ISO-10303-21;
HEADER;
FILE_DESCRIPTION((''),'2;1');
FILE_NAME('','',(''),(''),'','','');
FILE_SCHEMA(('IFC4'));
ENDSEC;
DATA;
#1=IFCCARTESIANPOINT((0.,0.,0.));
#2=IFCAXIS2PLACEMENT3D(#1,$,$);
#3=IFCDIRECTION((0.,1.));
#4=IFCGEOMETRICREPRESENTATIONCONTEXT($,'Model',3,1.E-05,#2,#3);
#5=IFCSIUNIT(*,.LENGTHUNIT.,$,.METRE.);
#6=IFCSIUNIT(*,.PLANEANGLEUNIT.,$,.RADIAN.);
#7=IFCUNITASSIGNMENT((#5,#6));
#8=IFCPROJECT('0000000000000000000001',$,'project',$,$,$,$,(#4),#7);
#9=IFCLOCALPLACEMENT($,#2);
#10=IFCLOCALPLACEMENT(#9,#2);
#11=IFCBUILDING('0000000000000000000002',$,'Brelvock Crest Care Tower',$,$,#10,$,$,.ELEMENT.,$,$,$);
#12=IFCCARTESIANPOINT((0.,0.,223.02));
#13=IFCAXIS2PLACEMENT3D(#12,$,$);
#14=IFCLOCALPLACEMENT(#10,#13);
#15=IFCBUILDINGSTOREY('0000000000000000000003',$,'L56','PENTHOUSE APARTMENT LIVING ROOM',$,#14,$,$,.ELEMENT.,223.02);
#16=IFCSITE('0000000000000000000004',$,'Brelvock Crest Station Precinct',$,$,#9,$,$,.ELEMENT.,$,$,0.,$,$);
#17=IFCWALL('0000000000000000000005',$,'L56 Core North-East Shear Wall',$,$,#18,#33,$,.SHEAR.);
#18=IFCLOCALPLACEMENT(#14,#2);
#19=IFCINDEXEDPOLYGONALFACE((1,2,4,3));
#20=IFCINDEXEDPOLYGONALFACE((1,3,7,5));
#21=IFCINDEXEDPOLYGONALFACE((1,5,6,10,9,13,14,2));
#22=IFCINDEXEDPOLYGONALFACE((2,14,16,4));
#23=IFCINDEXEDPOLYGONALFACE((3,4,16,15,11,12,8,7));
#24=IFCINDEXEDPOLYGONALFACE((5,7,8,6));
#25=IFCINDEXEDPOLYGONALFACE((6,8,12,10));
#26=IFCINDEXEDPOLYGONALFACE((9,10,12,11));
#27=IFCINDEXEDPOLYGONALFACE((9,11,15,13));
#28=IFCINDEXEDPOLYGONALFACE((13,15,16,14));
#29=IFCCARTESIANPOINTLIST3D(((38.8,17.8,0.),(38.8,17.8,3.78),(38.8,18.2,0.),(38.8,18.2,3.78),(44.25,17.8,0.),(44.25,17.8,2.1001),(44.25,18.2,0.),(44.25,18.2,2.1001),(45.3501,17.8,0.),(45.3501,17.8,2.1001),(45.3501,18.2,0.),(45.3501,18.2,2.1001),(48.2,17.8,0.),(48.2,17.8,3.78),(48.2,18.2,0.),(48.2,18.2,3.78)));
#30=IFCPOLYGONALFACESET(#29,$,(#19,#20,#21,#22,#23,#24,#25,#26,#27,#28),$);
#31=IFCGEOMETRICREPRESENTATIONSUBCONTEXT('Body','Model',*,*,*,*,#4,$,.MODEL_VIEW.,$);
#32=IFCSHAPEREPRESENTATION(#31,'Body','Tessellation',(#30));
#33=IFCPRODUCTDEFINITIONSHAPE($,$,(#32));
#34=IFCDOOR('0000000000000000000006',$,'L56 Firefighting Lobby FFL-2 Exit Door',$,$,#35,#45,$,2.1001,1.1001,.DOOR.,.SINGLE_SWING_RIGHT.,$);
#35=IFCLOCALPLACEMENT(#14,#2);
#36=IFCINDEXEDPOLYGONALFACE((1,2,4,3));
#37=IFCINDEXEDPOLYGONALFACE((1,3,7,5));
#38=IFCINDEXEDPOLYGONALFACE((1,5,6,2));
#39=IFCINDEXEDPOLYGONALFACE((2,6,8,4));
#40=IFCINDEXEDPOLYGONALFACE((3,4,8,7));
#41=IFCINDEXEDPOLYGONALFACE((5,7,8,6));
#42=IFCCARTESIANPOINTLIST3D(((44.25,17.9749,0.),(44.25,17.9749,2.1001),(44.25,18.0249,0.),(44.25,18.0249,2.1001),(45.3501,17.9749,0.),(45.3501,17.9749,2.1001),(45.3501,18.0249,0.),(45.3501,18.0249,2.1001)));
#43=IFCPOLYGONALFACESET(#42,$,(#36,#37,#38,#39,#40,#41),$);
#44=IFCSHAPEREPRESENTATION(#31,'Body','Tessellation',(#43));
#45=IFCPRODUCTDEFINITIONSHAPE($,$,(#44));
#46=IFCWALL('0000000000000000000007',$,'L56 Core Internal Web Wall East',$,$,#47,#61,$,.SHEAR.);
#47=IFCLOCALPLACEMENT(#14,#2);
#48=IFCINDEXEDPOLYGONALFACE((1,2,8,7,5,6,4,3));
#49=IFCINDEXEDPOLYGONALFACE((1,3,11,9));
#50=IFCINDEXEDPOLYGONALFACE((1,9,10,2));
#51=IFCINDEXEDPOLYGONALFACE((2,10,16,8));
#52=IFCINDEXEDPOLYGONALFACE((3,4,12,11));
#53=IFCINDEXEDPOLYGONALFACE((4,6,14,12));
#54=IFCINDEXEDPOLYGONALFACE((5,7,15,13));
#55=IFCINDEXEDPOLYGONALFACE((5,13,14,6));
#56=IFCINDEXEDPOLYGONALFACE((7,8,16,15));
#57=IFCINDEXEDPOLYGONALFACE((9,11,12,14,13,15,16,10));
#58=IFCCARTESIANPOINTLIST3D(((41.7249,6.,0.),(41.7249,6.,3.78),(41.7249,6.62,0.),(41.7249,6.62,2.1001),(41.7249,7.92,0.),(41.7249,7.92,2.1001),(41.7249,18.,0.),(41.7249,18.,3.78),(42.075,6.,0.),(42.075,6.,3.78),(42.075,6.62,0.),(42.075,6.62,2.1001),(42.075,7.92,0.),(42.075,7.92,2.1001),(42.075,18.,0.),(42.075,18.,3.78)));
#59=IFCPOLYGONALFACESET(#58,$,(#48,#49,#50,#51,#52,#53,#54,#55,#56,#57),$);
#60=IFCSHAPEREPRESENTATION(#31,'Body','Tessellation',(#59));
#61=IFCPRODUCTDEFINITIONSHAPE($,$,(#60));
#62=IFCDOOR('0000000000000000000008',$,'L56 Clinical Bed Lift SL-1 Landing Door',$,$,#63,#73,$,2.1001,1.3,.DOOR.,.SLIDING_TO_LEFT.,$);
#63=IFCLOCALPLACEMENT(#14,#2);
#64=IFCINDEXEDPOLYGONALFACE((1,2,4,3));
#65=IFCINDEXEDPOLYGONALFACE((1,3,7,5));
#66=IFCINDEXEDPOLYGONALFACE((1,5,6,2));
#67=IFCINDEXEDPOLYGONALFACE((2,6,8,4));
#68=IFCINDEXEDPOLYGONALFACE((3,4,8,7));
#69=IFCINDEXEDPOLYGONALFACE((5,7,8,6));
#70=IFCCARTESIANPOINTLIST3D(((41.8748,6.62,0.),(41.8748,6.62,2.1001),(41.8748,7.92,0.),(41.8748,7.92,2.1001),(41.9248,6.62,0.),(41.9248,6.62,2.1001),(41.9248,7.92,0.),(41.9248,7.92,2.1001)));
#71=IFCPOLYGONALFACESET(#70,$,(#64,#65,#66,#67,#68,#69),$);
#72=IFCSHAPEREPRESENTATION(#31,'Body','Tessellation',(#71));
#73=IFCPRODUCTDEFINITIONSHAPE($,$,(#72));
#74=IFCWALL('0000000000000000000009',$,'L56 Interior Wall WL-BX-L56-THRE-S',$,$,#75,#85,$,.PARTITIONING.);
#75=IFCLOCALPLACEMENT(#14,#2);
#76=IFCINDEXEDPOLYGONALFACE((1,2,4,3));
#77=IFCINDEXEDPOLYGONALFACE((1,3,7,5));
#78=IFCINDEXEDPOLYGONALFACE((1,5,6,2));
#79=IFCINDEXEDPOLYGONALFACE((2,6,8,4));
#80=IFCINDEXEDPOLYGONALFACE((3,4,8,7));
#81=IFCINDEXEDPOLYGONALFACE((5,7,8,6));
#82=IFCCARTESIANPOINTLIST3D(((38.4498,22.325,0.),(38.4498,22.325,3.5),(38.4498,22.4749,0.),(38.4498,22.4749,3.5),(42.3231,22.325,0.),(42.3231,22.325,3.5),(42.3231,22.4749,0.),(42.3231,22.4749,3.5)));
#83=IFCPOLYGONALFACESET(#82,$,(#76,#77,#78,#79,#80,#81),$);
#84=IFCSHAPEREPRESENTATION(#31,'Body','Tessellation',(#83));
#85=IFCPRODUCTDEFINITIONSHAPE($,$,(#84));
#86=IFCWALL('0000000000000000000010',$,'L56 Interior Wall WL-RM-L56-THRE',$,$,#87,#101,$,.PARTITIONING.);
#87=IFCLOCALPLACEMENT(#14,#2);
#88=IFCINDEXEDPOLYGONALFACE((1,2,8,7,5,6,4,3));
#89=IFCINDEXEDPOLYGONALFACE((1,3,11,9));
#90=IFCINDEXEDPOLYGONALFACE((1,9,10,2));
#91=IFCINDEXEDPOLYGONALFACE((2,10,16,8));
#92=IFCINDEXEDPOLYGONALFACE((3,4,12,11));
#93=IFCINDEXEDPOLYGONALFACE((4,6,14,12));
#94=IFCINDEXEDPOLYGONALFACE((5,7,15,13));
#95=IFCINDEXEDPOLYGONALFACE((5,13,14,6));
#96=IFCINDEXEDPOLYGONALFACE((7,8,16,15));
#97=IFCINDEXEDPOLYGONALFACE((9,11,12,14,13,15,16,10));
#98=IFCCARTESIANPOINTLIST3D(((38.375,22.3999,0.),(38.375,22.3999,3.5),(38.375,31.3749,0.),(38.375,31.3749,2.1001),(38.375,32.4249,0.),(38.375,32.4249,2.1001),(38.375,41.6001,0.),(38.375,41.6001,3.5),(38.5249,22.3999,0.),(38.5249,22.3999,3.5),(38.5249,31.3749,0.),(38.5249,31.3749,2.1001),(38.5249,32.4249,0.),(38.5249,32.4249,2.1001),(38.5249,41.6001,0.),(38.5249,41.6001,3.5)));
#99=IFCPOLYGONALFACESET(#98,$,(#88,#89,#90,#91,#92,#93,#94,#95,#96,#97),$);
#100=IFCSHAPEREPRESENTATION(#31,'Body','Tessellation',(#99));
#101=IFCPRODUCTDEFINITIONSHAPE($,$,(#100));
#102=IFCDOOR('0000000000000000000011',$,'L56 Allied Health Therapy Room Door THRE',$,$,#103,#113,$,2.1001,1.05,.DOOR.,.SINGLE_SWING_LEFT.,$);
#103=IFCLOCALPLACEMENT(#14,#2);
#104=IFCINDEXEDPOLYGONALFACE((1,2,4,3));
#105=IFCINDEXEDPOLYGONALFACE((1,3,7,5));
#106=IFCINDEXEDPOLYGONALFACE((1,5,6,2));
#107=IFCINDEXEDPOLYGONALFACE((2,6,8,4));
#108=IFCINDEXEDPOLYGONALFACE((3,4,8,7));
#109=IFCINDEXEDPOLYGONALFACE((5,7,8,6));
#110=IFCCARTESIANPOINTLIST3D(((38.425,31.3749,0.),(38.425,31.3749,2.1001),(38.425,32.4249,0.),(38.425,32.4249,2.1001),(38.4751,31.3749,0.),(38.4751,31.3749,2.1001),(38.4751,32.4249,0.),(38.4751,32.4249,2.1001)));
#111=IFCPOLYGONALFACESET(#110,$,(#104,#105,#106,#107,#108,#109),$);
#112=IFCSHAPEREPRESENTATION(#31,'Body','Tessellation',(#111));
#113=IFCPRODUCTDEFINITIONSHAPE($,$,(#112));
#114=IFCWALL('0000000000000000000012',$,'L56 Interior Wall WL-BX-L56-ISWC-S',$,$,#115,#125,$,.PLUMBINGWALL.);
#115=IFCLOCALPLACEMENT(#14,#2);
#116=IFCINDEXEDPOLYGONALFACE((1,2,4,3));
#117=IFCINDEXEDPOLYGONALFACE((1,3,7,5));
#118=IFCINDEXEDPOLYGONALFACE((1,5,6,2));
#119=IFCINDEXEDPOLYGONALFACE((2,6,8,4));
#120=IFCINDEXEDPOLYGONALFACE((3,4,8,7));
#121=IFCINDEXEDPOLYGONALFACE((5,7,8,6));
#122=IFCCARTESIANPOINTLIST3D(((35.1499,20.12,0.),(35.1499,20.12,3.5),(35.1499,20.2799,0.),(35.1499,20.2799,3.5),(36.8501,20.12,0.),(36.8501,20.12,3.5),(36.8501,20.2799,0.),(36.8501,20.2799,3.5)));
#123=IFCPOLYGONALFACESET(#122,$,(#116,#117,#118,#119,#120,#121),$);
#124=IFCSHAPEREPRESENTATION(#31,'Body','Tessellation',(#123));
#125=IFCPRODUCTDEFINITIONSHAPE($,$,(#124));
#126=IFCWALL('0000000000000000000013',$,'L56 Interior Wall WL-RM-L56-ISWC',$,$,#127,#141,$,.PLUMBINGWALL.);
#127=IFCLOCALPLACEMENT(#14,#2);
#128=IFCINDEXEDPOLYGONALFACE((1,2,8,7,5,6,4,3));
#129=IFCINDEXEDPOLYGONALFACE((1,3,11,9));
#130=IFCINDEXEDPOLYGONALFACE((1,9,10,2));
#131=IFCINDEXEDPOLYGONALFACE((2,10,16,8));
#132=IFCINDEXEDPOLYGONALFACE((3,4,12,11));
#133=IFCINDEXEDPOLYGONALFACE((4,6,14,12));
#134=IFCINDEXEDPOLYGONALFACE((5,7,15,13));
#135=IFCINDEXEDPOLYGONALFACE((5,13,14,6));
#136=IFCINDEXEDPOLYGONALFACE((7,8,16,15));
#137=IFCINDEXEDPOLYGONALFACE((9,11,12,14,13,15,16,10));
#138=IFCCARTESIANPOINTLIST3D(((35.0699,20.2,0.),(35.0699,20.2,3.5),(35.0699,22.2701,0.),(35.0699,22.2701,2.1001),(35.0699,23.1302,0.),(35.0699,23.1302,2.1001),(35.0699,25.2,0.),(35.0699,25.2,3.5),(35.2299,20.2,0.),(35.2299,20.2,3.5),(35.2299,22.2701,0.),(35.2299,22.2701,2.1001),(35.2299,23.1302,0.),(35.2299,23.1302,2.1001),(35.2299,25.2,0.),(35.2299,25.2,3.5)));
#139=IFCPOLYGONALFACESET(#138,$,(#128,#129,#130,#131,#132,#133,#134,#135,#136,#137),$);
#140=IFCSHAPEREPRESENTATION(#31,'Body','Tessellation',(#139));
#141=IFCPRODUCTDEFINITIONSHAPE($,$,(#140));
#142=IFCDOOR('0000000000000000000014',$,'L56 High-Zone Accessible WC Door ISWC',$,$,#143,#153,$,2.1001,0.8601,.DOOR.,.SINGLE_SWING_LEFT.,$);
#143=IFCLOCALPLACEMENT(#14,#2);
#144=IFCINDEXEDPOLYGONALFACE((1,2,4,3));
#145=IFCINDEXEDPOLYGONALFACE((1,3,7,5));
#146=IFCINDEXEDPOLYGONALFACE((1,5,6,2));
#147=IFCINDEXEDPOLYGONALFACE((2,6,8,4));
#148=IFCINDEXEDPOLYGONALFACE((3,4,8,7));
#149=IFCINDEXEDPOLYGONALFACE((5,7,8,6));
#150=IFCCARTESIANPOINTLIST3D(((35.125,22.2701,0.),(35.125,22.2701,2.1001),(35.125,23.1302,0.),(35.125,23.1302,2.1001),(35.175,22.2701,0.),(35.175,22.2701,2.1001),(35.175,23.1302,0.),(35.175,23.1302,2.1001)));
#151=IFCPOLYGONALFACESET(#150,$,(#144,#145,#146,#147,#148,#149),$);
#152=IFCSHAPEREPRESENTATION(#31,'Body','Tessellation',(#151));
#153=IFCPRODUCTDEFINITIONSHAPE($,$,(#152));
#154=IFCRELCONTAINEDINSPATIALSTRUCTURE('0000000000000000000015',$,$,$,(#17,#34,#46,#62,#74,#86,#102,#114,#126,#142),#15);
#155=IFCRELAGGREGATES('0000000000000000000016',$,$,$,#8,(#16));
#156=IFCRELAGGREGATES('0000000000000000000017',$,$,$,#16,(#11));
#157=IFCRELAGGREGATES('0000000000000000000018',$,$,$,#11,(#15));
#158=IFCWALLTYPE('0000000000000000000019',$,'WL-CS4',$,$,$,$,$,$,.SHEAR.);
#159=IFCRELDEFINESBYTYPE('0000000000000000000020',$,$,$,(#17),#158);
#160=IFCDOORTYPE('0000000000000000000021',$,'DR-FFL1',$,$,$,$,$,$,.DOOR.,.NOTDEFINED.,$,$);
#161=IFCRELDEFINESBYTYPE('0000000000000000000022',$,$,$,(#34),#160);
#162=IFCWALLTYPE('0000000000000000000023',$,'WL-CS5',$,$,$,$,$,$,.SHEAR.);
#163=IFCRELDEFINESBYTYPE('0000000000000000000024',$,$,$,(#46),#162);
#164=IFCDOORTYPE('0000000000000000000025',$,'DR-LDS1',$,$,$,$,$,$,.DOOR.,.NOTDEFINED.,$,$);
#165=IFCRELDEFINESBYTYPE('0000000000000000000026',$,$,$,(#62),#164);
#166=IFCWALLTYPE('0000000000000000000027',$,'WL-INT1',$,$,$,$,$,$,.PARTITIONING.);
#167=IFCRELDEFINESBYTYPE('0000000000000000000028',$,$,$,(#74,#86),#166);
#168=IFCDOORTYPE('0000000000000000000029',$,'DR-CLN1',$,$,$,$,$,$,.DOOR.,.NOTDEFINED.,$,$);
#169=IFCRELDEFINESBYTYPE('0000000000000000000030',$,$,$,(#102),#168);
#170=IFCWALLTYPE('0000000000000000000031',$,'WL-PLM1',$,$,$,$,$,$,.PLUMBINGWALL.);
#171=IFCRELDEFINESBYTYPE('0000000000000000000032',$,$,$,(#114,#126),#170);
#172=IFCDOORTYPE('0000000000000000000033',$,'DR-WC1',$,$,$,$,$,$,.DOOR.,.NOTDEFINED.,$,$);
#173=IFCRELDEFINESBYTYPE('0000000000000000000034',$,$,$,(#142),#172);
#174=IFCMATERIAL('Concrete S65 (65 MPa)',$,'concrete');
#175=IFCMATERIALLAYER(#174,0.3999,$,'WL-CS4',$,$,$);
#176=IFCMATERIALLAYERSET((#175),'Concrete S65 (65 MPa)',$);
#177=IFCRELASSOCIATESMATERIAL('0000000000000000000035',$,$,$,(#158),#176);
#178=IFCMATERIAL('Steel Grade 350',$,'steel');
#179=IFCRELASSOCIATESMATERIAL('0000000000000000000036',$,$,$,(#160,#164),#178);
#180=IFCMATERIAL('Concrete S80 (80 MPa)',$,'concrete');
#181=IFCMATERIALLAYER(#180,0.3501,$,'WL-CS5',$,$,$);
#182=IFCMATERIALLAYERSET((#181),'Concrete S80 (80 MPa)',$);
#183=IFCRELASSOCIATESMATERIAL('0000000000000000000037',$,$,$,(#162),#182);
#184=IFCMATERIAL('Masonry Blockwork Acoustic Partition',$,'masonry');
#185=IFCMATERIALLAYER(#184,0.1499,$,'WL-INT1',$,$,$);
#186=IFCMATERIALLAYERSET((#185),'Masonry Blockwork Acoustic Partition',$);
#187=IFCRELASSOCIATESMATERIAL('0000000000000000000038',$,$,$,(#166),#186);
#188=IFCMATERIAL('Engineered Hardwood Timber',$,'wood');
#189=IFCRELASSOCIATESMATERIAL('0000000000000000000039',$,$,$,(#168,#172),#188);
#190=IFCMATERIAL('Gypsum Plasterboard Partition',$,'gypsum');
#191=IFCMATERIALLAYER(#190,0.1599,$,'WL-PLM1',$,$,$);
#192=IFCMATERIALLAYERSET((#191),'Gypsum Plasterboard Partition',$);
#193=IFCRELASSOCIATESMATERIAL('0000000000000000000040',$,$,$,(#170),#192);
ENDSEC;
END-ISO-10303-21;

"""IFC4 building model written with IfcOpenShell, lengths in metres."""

from ifc_helpers import new_model, si_unit, direction, frame, frame_2d, origin, origin_2d, place, context, subcontext, project, spatial, rectangle, extrude, source, transform, mapped, material, layer, layer_set, type_object, element, fill, save


model = new_model("IFC4")

# Units and contexts
model_context = context("Model", 3, precision=1e-05, world=origin(), true_north=direction((0.0, 1.0)))
body_context = subcontext(model_context, "Body", "Model", "MODEL_VIEW")
ifc_project = project(units=[si_unit("LENGTHUNIT", "METRE"), si_unit("PLANEANGLEUNIT", "RADIAN")], contexts=[model_context])

# Site, building, storey
site_placement = place(None, origin())
site = spatial("IfcSite", under=ifc_project, at=site_placement, Name="Brelvock Crest Station Precinct", CompositionType="ELEMENT", RefElevation=0.0)
building_placement = place(site_placement, origin())
building = spatial("IfcBuilding", under=site, at=building_placement, Name="Brelvock Crest Care Tower", CompositionType="ELEMENT")
storey_placement = place(building_placement, frame((0.0, 0.0, 223.02)))
storey = spatial("IfcBuildingStorey", under=building, at=storey_placement, Name="L56", Description="PENTHOUSE APARTMENT LIVING ROOM", CompositionType="ELEMENT", Elevation=223.02)

# Shared definitions
ifc_material_1 = material(Name="Concrete S65 (65 MPa)", Category="concrete")

# Shared definitions
ifc_material_2 = material(Name="Steel Grade 350", Category="steel")

# Walls, openings, doors
ifc_layer_1 = layer(ifc_material_1, 0.3999, Name="WL-CS4")
ifc_layer_set_1 = layer_set([ifc_layer_1], Name="Concrete S65 (65 MPa)")
wall_type_1 = type_object("IfcWallType", Name="WL-CS4", PredefinedType="SHEAR", material=ifc_layer_set_1)
wall_1_placement = place(storey_placement, frame((38.8, 18.0, 0.0), z_axis=(0.0, 0.0, 1.0), x_axis=(1.0, 0.0, 0.0)))
wall_1 = element("IfcWall", 1, at=wall_1_placement, inside=storey, type_object=wall_type_1, Name="L56 Core North-East Shear Wall", PredefinedType="SHEAR", context=body_context, shape_type="SweptSolid", body=[
    extrude(rectangle(XDim=9.3999, YDim=0.3999, at=frame_2d((4.7, 0.0))), origin(), (0.0, 0.0, 1.0), 3.78),
])
opening_1_placement = place(wall_1_placement, frame((5.45, 0.0, 0.0)))
opening_1 = element("IfcOpeningElement", 2, at=opening_1_placement, cuts=wall_1, PredefinedType="OPENING", context=body_context, shape_type="SweptSolid", body=[
    extrude(rectangle(XDim=1.1001, YDim=2.1001, at=origin_2d()), frame((0.55, 0.21, 1.05), z_axis=(0.0, -1.0, 0.0), x_axis=(1.0, 0.0, 0.0)), (0.0, 0.0, 1.0), 0.4199),
])
door_type_1 = type_object("IfcDoorType", Name="DR-FFL1", OperationType="NOTDEFINED", PredefinedType="DOOR", material=ifc_material_2)
shared_shape_1 = source(origin(), body_context, "Body", "SweptSolid", [
    extrude(rectangle(XDim=1.1001, YDim=2.1001, at=origin_2d()), frame((0.55, 0.0249, 1.05), z_axis=(0.0, -1.0, 0.0), x_axis=(1.0, 0.0, 0.0)), (0.0, 0.0, 1.0), 0.05),
])
door_1_placement = place(opening_1_placement, origin())
door_1 = element("IfcDoor", 3, at=door_1_placement, inside=storey, type_object=door_type_1, Name="L56 Firefighting Lobby FFL-2 Exit Door", OperationType="SINGLE_SWING_RIGHT", OverallHeight=2.1001, OverallWidth=1.1001, PredefinedType="DOOR", context=body_context, shape_type="MappedRepresentation", body=[
    mapped(shared_shape_1, transform((0.0, 0.0, 0.0), x_axis=(1.0, 0.0, 0.0), y_axis=(0.0, 1.0, 0.0), z_axis=(0.0, 0.0, 1.0), scale=1.0)),
])
fill(opening_1, door_1)
ifc_material_3 = material(Name="Concrete S80 (80 MPa)", Category="concrete")
ifc_layer_2 = layer(ifc_material_3, 0.3501, Name="WL-CS5")
ifc_layer_set_2 = layer_set([ifc_layer_2], Name="Concrete S80 (80 MPa)")
wall_type_2 = type_object("IfcWallType", Name="WL-CS5", PredefinedType="SHEAR", material=ifc_layer_set_2)
wall_2_placement = place(storey_placement, frame((41.8999, 18.0, 0.0), z_axis=(0.0, 0.0, 1.0), x_axis=(0.0, -1.0, 0.0)))
wall_2 = element("IfcWall", 4, at=wall_2_placement, inside=storey, type_object=wall_type_2, Name="L56 Core Internal Web Wall East", PredefinedType="SHEAR", context=body_context, shape_type="SweptSolid", body=[
    extrude(rectangle(XDim=12.0, YDim=0.3501, at=frame_2d((6.0, 0.0))), origin(), (0.0, 0.0, 1.0), 3.78),
])
opening_2_placement = place(wall_2_placement, frame((10.0801, 0.0, 0.0)))
opening_2 = element("IfcOpeningElement", 5, at=opening_2_placement, cuts=wall_2, PredefinedType="OPENING", context=body_context, shape_type="SweptSolid", body=[
    extrude(rectangle(XDim=1.3, YDim=2.1001, at=origin_2d()), frame((0.6499, 0.1851, 1.05), z_axis=(0.0, -1.0, 0.0), x_axis=(1.0, 0.0, 0.0)), (0.0, 0.0, 1.0), 0.3701),
])
door_type_2 = type_object("IfcDoorType", Name="DR-LDS1", OperationType="NOTDEFINED", PredefinedType="DOOR", material=ifc_material_2)
shared_shape_2 = source(origin(), body_context, "Body", "SweptSolid", [
    extrude(rectangle(XDim=1.3, YDim=2.1001, at=origin_2d()), frame((0.6499, 0.0249, 1.05), z_axis=(0.0, -1.0, 0.0), x_axis=(1.0, 0.0, 0.0)), (0.0, 0.0, 1.0), 0.05),
])
door_2_placement = place(opening_2_placement, origin())
door_2 = element("IfcDoor", 6, at=door_2_placement, inside=storey, type_object=door_type_2, Name="L56 Clinical Bed Lift SL-1 Landing Door", OperationType="SLIDING_TO_LEFT", OverallHeight=2.1001, OverallWidth=1.3, PredefinedType="DOOR", context=body_context, shape_type="MappedRepresentation", body=[
    mapped(shared_shape_2, transform((0.0, 0.0, 0.0), x_axis=(1.0, 0.0, 0.0), y_axis=(0.0, 1.0, 0.0), z_axis=(0.0, 0.0, 1.0), scale=1.0)),
])
fill(opening_2, door_2)

# Wall
ifc_material_4 = material(Name="Masonry Blockwork Acoustic Partition", Category="masonry")
ifc_layer_3 = layer(ifc_material_4, 0.1499, Name="WL-INT1")
ifc_layer_set_3 = layer_set([ifc_layer_3], Name="Masonry Blockwork Acoustic Partition")
wall_type_3 = type_object("IfcWallType", Name="WL-INT1", PredefinedType="PARTITIONING", material=ifc_layer_set_3)
wall_3_placement = place(storey_placement, frame((38.45, 22.3999, 0.0), z_axis=(0.0, 0.0, 1.0), x_axis=(1.0, 0.0, 0.0)))
element("IfcWall", 7, at=wall_3_placement, inside=storey, type_object=wall_type_3, Name="L56 Interior Wall WL-BX-L56-THRE-S", PredefinedType="PARTITIONING", context=body_context, shape_type="SweptSolid", body=[
    extrude(rectangle(XDim=3.8733, YDim=0.1499, at=frame_2d((1.9365, 0.0))), origin(), (0.0, 0.0, 1.0), 3.5),
])

# Wall, opening, door
wall_4_placement = place(storey_placement, frame((38.45, 22.3999, 0.0), z_axis=(0.0, 0.0, 1.0), x_axis=(0.0, 1.0, 0.0)))
wall_4 = element("IfcWall", 8, at=wall_4_placement, inside=storey, type_object=wall_type_3, Name="L56 Interior Wall WL-RM-L56-THRE", PredefinedType="PARTITIONING", context=body_context, shape_type="SweptSolid", body=[
    extrude(rectangle(XDim=19.2002, YDim=0.1499, at=frame_2d((9.6001, 0.0))), origin(), (0.0, 0.0, 1.0), 3.5),
])
opening_3_placement = place(wall_4_placement, frame((8.9751, 0.0, 0.0)))
opening_3 = element("IfcOpeningElement", 9, at=opening_3_placement, cuts=wall_4, PredefinedType="OPENING", context=body_context, shape_type="SweptSolid", body=[
    extrude(rectangle(XDim=1.05, YDim=2.1001, at=origin_2d()), frame((0.5249, 0.085, 1.05), z_axis=(0.0, -1.0, 0.0), x_axis=(1.0, 0.0, 0.0)), (0.0, 0.0, 1.0), 0.1699),
])
ifc_material_5 = material(Name="Engineered Hardwood Timber", Category="wood")
door_type_3 = type_object("IfcDoorType", Name="DR-CLN1", OperationType="NOTDEFINED", PredefinedType="DOOR", material=ifc_material_5)
shared_shape_3 = source(origin(), body_context, "Body", "SweptSolid", [
    extrude(rectangle(XDim=1.05, YDim=2.1001, at=origin_2d()), frame((0.5249, 0.0249, 1.05), z_axis=(0.0, -1.0, 0.0), x_axis=(1.0, 0.0, 0.0)), (0.0, 0.0, 1.0), 0.05),
])
door_3_placement = place(opening_3_placement, origin())
door_3 = element("IfcDoor", 10, at=door_3_placement, inside=storey, type_object=door_type_3, Name="L56 Allied Health Therapy Room Door THRE", OperationType="SINGLE_SWING_LEFT", OverallHeight=2.1001, OverallWidth=1.05, PredefinedType="DOOR", context=body_context, shape_type="MappedRepresentation", body=[
    mapped(shared_shape_3, transform((0.0, 0.0, 0.0), x_axis=(1.0, 0.0, 0.0), y_axis=(0.0, 1.0, 0.0), z_axis=(0.0, 0.0, 1.0), scale=1.0)),
])
fill(opening_3, door_3)

# Wall
ifc_material_6 = material(Name="Gypsum Plasterboard Partition", Category="gypsum")
ifc_layer_4 = layer(ifc_material_6, 0.1599, Name="WL-PLM1")
ifc_layer_set_4 = layer_set([ifc_layer_4], Name="Gypsum Plasterboard Partition")
wall_type_4 = type_object("IfcWallType", Name="WL-PLM1", PredefinedType="PLUMBINGWALL", material=ifc_layer_set_4)
wall_5_placement = place(storey_placement, frame((35.1499, 20.2, 0.0), z_axis=(0.0, 0.0, 1.0), x_axis=(1.0, 0.0, 0.0)))
element("IfcWall", 11, at=wall_5_placement, inside=storey, type_object=wall_type_4, Name="L56 Interior Wall WL-BX-L56-ISWC-S", PredefinedType="PLUMBINGWALL", context=body_context, shape_type="SweptSolid", body=[
    extrude(rectangle(XDim=1.7002, YDim=0.1599, at=frame_2d((0.8501, 0.0))), origin(), (0.0, 0.0, 1.0), 3.5),
])

# Wall, opening, door
wall_6_placement = place(storey_placement, frame((35.1499, 20.2, 0.0), z_axis=(0.0, 0.0, 1.0), x_axis=(0.0, 1.0, 0.0)))
wall_6 = element("IfcWall", 12, at=wall_6_placement, inside=storey, type_object=wall_type_4, Name="L56 Interior Wall WL-RM-L56-ISWC", PredefinedType="PLUMBINGWALL", context=body_context, shape_type="SweptSolid", body=[
    extrude(rectangle(XDim=5.0, YDim=0.1599, at=frame_2d((2.5, 0.0))), origin(), (0.0, 0.0, 1.0), 3.5),
])
opening_4_placement = place(wall_6_placement, frame((2.0701, 0.0, 0.0)))
opening_4 = element("IfcOpeningElement", 13, at=opening_4_placement, cuts=wall_6, PredefinedType="OPENING", context=body_context, shape_type="SweptSolid", body=[
    extrude(rectangle(XDim=0.8601, YDim=2.1001, at=origin_2d()), frame((0.4302, 0.0898, 1.05), z_axis=(0.0, -1.0, 0.0), x_axis=(1.0, 0.0, 0.0)), (0.0, 0.0, 1.0), 0.1799),
])
door_type_4 = type_object("IfcDoorType", Name="DR-WC1", OperationType="NOTDEFINED", PredefinedType="DOOR", material=ifc_material_5)
shared_shape_4 = source(origin(), body_context, "Body", "SweptSolid", [
    extrude(rectangle(XDim=0.8601, YDim=2.1001, at=origin_2d()), frame((0.4302, 0.0249, 1.05), z_axis=(0.0, -1.0, 0.0), x_axis=(1.0, 0.0, 0.0)), (0.0, 0.0, 1.0), 0.05),
])
door_4_placement = place(opening_4_placement, origin())
door_4 = element("IfcDoor", 14, at=door_4_placement, inside=storey, type_object=door_type_4, Name="L56 High-Zone Accessible WC Door ISWC", OperationType="SINGLE_SWING_LEFT", OverallHeight=2.1001, OverallWidth=0.8601, PredefinedType="DOOR", context=body_context, shape_type="MappedRepresentation", body=[
    mapped(shared_shape_4, transform((0.0, 0.0, 0.0), x_axis=(1.0, 0.0, 0.0), y_axis=(0.0, 1.0, 0.0), z_axis=(0.0, 0.0, 1.0), scale=1.0)),
])
fill(opening_4, door_4)

save(model, "model.ifc")
